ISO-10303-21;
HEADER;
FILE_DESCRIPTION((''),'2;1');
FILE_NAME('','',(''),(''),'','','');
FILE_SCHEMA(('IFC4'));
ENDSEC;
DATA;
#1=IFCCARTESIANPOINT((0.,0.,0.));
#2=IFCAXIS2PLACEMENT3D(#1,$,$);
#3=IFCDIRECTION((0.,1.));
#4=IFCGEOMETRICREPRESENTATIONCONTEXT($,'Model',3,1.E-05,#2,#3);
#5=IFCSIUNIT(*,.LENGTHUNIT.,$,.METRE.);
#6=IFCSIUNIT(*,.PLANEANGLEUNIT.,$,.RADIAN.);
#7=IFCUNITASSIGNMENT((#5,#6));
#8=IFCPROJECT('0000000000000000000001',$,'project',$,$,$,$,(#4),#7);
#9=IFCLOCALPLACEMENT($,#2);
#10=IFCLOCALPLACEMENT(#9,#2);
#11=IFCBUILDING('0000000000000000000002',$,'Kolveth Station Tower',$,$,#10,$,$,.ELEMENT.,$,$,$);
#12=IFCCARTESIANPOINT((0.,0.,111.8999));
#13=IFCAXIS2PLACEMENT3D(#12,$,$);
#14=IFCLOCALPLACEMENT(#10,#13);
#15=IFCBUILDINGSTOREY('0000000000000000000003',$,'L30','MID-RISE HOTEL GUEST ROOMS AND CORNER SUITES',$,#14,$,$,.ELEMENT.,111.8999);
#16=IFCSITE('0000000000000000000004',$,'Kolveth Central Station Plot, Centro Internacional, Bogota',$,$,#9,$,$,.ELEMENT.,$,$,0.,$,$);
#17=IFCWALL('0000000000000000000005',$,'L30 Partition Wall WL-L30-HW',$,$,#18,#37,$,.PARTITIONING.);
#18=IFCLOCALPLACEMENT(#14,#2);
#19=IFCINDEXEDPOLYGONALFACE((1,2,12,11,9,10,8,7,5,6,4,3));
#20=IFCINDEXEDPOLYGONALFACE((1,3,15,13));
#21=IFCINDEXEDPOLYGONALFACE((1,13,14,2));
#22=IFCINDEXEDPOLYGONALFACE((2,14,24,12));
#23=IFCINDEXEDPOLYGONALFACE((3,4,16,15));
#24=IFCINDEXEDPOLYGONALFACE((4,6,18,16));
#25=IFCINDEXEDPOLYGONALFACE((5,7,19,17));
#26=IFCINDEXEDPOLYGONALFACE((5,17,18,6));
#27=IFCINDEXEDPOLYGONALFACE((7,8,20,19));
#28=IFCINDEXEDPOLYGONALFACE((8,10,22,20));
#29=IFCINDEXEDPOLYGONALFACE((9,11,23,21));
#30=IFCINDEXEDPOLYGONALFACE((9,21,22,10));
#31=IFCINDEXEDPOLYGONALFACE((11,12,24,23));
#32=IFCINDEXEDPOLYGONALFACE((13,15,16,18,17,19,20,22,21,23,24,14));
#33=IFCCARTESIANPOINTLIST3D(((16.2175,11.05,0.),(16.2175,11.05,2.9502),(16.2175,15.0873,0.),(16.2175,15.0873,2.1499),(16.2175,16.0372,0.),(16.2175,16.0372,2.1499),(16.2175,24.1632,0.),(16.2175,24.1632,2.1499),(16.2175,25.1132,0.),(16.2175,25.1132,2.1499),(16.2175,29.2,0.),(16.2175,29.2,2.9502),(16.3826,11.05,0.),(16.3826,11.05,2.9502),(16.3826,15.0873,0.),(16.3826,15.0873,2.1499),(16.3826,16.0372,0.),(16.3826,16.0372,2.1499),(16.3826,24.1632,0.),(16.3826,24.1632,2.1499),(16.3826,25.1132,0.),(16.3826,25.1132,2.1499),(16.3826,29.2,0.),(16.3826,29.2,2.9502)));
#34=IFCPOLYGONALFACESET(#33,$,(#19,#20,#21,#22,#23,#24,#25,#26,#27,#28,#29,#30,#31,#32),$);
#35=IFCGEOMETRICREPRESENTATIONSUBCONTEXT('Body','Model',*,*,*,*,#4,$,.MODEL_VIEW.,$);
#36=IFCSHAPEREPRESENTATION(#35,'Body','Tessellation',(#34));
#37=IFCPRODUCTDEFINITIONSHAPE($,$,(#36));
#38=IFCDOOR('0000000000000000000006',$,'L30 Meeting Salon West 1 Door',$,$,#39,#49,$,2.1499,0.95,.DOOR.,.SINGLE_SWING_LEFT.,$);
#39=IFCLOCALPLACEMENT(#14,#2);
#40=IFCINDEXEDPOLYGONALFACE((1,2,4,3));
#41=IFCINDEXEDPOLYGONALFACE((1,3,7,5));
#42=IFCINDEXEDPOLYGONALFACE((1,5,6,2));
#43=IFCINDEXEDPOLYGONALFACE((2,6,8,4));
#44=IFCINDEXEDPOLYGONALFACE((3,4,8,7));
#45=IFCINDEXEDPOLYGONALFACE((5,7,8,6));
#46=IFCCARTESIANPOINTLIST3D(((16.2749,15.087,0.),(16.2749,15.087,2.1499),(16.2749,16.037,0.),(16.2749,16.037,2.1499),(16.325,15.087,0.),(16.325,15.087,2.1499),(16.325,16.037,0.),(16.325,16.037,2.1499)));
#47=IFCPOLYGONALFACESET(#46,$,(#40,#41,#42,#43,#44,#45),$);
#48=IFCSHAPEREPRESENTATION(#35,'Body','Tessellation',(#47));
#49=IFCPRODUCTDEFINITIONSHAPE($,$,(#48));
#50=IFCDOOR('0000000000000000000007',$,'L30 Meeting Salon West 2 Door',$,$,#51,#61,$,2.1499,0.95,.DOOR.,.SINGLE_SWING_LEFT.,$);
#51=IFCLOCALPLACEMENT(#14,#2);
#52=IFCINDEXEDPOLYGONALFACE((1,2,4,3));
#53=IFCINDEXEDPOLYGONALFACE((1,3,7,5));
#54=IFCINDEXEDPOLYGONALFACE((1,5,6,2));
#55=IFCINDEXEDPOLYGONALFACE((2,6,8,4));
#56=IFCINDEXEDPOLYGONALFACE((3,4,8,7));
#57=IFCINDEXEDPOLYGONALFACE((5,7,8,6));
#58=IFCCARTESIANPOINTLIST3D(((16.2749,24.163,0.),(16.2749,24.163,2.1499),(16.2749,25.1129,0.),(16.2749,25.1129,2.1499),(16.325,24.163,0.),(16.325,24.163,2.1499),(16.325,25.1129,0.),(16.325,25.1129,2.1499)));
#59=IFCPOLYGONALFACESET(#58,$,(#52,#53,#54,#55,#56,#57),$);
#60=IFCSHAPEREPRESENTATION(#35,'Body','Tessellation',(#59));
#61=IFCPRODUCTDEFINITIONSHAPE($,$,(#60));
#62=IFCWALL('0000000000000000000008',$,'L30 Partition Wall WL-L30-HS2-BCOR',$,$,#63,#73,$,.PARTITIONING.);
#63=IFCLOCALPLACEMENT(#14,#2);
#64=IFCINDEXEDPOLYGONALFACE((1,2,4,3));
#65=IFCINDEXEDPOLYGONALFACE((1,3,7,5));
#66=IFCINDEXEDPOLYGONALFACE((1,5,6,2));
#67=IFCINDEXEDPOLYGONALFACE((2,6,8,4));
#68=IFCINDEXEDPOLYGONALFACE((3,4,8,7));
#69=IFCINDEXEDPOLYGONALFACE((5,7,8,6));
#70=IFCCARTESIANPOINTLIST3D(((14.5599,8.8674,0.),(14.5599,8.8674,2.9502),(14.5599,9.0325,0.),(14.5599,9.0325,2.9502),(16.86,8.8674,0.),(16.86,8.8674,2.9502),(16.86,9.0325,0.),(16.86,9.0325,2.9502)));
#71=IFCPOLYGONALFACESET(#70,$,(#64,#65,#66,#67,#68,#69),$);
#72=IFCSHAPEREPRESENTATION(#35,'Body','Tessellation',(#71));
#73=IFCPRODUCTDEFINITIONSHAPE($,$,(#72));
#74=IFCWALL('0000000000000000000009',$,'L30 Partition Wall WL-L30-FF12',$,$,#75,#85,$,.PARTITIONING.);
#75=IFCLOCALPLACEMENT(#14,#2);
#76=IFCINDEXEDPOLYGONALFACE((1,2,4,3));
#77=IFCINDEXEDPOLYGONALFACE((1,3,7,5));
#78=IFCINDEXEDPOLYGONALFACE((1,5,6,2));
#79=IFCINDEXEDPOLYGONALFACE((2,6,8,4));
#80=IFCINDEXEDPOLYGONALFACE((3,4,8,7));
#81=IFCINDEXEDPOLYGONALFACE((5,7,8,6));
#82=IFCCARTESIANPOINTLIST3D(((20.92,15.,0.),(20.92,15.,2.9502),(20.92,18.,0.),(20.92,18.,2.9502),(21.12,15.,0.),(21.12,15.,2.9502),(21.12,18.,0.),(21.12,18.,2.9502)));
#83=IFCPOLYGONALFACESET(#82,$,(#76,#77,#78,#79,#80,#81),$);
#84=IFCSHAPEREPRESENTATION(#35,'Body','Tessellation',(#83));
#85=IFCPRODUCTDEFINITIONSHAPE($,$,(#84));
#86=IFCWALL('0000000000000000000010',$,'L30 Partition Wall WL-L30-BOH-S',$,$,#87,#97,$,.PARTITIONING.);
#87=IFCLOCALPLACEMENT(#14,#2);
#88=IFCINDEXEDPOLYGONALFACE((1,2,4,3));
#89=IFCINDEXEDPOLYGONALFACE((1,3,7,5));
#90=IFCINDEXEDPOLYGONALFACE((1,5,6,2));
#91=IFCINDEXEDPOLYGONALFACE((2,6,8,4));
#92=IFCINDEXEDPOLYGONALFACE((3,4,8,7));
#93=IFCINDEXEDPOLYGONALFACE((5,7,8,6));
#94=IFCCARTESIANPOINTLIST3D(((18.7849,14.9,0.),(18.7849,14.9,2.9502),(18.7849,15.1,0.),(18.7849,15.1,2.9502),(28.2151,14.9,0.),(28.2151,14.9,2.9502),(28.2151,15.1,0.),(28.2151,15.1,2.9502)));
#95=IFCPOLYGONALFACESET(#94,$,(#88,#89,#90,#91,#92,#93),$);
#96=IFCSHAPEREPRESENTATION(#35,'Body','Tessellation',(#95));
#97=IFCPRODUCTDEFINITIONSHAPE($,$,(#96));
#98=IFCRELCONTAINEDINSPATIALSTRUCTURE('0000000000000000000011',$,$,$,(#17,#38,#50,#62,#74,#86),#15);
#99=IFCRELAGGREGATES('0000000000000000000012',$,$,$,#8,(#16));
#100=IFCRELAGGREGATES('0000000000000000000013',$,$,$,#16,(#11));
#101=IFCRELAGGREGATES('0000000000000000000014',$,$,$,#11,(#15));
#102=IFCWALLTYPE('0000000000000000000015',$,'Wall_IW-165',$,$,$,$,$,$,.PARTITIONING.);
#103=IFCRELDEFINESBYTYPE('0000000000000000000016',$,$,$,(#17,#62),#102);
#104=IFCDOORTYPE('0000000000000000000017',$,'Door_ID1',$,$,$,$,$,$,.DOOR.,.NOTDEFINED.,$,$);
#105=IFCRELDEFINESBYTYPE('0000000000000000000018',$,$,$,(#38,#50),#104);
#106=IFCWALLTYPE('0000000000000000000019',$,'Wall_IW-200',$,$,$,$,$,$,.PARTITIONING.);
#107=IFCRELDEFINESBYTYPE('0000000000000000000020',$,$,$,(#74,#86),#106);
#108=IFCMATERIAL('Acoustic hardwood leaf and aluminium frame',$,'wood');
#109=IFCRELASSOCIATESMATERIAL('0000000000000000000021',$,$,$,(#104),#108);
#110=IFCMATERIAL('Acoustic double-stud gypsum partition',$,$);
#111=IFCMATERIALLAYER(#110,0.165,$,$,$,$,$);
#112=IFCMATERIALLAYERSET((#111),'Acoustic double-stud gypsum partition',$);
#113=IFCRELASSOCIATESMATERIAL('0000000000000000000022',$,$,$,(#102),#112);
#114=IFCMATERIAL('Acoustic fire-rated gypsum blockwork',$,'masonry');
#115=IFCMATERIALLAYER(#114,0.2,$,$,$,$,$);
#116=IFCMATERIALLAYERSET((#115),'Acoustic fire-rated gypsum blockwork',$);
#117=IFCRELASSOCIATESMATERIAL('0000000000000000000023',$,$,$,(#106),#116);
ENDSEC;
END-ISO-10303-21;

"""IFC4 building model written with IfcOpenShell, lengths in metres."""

from ifc_helpers import new_model, si_unit, direction, frame, frame_2d, origin, place, context, subcontext, project, spatial, rectangle, extrude, material, layer, layer_set, type_object, element, fill, save


model = new_model("IFC4")

# Units and contexts
model_context = context("Model", 3, precision=1e-05, world=origin(), true_north=direction((0.0, 1.0)))
body_context = subcontext(model_context, "Body", "Model", "MODEL_VIEW")
ifc_project = project(units=[si_unit("LENGTHUNIT", "METRE"), si_unit("PLANEANGLEUNIT", "RADIAN")], contexts=[model_context])

# Site, building, storey
site_placement = place(None, origin())
site = spatial("IfcSite", under=ifc_project, at=site_placement, Name="Kolveth Central Station Plot, Centro Internacional, Bogota", CompositionType="ELEMENT", RefElevation=0.0)
building_placement = place(site_placement, origin())
building = spatial("IfcBuilding", under=site, at=building_placement, Name="Kolveth Station Tower", CompositionType="ELEMENT")
storey_placement = place(building_placement, frame((0.0, 0.0, 111.8999)))
storey = spatial("IfcBuildingStorey", under=building, at=storey_placement, Name="L30", Description="MID-RISE HOTEL GUEST ROOMS AND CORNER SUITES", CompositionType="ELEMENT", Elevation=111.8999)

# Shared definitions
ifc_material_1 = material(Name="Acoustic hardwood leaf and aluminium frame", Category="wood")
door_type_1 = type_object("IfcDoorType", Name="Door_ID1", OperationType="NOTDEFINED", PredefinedType="DOOR", material=ifc_material_1)

# Wall, openings, doors
ifc_material_2 = material(Name="Acoustic double-stud gypsum partition")
ifc_layer_1 = layer(ifc_material_2, 0.165)
ifc_layer_set_1 = layer_set([ifc_layer_1], Name="Acoustic double-stud gypsum partition")
wall_type_1 = type_object("IfcWallType", Name="Wall_IW-165", PredefinedType="PARTITIONING", material=ifc_layer_set_1)
wall_1_placement = place(storey_placement, frame((16.3, 11.05, 0.0), z_axis=(0.0, 0.0, 1.0), x_axis=(0.0, 1.0, 0.0)))
wall_1 = element("IfcWall", 1, at=wall_1_placement, inside=storey, type_object=wall_type_1, Name="L30 Partition Wall WL-L30-HW", PredefinedType="PARTITIONING", context=body_context, shape_type="SweptSolid", body=[
    extrude(rectangle(XDim=18.1499, YDim=0.165, at=frame_2d((9.075, 0.0))), origin(), (0.0, 0.0, 1.0), 2.9502),
])
opening_1_placement = place(wall_1_placement, frame((4.0371, 0.0, 0.0)))
opening_1 = element("IfcOpeningElement", 2, at=opening_1_placement, cuts=wall_1, PredefinedType="OPENING", context=body_context, shape_type="SweptSolid", body=[
    extrude(rectangle(XDim=0.95, YDim=2.1499, at=frame_2d((0.4751, 1.075))), frame((0.0, 0.0925, 0.0), z_axis=(0.0, -1.0, 0.0), x_axis=(1.0, 0.0, 0.0)), (0.0, 0.0, 1.0), 0.1851),
])
opening_2_placement = place(wall_1_placement, frame((13.113, 0.0, 0.0)))
opening_2 = element("IfcOpeningElement", 3, at=opening_2_placement, cuts=wall_1, PredefinedType="OPENING", context=body_context, shape_type="SweptSolid", body=[
    extrude(rectangle(XDim=0.95, YDim=2.1499, at=frame_2d((0.4751, 1.075))), frame((0.0, 0.0925, 0.0), z_axis=(0.0, -1.0, 0.0), x_axis=(1.0, 0.0, 0.0)), (0.0, 0.0, 1.0), 0.1851),
])
door_1_placement = place(opening_1_placement, frame((0.95, 0.0, 0.0), z_axis=(0.0, 0.0, 1.0), x_axis=(-1.0, 0.0, 0.0)))
door_1 = element("IfcDoor", 4, at=door_1_placement, inside=storey, type_object=door_type_1, Name="L30 Meeting Salon West 1 Door", OperationType="SINGLE_SWING_LEFT", OverallHeight=2.1499, OverallWidth=0.95, PredefinedType="DOOR", context=body_context, shape_type="SweptSolid", body=[
    extrude(rectangle(XDim=0.95, YDim=2.1499, at=frame_2d((0.4751, 1.075))), frame((0.0, 0.0249, 0.0), z_axis=(0.0, -1.0, 0.0), x_axis=(1.0, 0.0, 0.0)), (0.0, 0.0, 1.0), 0.05),
])
fill(opening_1, door_1)
door_2_placement = place(opening_2_placement, frame((0.95, 0.0, 0.0), z_axis=(0.0, 0.0, 1.0), x_axis=(-1.0, 0.0, 0.0)))
door_2 = element("IfcDoor", 5, at=door_2_placement, inside=storey, type_object=door_type_1, Name="L30 Meeting Salon West 2 Door", OperationType="SINGLE_SWING_LEFT", OverallHeight=2.1499, OverallWidth=0.95, PredefinedType="DOOR", context=body_context, shape_type="SweptSolid", body=[
    extrude(rectangle(XDim=0.95, YDim=2.1499, at=frame_2d((0.4751, 1.075))), frame((0.0, 0.0249, 0.0), z_axis=(0.0, -1.0, 0.0), x_axis=(1.0, 0.0, 0.0)), (0.0, 0.0, 1.0), 0.05),
])
fill(opening_2, door_2)

# Wall
wall_2_placement = place(storey_placement, frame((14.5601, 8.95, 0.0), z_axis=(0.0, 0.0, 1.0), x_axis=(1.0, 0.0, 0.0)))
element("IfcWall", 6, at=wall_2_placement, inside=storey, type_object=wall_type_1, Name="L30 Partition Wall WL-L30-HS2-BCOR", PredefinedType="PARTITIONING", context=body_context, shape_type="SweptSolid", body=[
    extrude(rectangle(XDim=2.3, YDim=0.165, at=frame_2d((1.1499, 0.0))), origin(), (0.0, 0.0, 1.0), 2.9502),
])

# Walls
ifc_material_3 = material(Name="Acoustic fire-rated gypsum blockwork", Category="masonry")
ifc_layer_2 = layer(ifc_material_3, 0.2)
ifc_layer_set_2 = layer_set([ifc_layer_2], Name="Acoustic fire-rated gypsum blockwork")
wall_type_2 = type_object("IfcWallType", Name="Wall_IW-200", PredefinedType="PARTITIONING", material=ifc_layer_set_2)
wall_3_placement = place(storey_placement, frame((21.02, 15.0, 0.0), z_axis=(0.0, 0.0, 1.0), x_axis=(0.0, 1.0, 0.0)))
element("IfcWall", 7, at=wall_3_placement, inside=storey, type_object=wall_type_2, Name="L30 Partition Wall WL-L30-FF12", PredefinedType="PARTITIONING", context=body_context, shape_type="SweptSolid", body=[
    extrude(rectangle(XDim=3.0, YDim=0.2, at=frame_2d((1.5, 0.0))), origin(), (0.0, 0.0, 1.0), 2.9502),
])
wall_4_placement = place(storey_placement, frame((18.7849, 15.0, 0.0), z_axis=(0.0, 0.0, 1.0), x_axis=(1.0, 0.0, 0.0)))
element("IfcWall", 8, at=wall_4_placement, inside=storey, type_object=wall_type_2, Name="L30 Partition Wall WL-L30-BOH-S", PredefinedType="PARTITIONING", context=body_context, shape_type="SweptSolid", body=[
    extrude(rectangle(XDim=9.4302, YDim=0.2, at=frame_2d((4.7151, 0.0))), origin(), (0.0, 0.0, 1.0), 2.9502),
])

save(model, "model.ifc")
